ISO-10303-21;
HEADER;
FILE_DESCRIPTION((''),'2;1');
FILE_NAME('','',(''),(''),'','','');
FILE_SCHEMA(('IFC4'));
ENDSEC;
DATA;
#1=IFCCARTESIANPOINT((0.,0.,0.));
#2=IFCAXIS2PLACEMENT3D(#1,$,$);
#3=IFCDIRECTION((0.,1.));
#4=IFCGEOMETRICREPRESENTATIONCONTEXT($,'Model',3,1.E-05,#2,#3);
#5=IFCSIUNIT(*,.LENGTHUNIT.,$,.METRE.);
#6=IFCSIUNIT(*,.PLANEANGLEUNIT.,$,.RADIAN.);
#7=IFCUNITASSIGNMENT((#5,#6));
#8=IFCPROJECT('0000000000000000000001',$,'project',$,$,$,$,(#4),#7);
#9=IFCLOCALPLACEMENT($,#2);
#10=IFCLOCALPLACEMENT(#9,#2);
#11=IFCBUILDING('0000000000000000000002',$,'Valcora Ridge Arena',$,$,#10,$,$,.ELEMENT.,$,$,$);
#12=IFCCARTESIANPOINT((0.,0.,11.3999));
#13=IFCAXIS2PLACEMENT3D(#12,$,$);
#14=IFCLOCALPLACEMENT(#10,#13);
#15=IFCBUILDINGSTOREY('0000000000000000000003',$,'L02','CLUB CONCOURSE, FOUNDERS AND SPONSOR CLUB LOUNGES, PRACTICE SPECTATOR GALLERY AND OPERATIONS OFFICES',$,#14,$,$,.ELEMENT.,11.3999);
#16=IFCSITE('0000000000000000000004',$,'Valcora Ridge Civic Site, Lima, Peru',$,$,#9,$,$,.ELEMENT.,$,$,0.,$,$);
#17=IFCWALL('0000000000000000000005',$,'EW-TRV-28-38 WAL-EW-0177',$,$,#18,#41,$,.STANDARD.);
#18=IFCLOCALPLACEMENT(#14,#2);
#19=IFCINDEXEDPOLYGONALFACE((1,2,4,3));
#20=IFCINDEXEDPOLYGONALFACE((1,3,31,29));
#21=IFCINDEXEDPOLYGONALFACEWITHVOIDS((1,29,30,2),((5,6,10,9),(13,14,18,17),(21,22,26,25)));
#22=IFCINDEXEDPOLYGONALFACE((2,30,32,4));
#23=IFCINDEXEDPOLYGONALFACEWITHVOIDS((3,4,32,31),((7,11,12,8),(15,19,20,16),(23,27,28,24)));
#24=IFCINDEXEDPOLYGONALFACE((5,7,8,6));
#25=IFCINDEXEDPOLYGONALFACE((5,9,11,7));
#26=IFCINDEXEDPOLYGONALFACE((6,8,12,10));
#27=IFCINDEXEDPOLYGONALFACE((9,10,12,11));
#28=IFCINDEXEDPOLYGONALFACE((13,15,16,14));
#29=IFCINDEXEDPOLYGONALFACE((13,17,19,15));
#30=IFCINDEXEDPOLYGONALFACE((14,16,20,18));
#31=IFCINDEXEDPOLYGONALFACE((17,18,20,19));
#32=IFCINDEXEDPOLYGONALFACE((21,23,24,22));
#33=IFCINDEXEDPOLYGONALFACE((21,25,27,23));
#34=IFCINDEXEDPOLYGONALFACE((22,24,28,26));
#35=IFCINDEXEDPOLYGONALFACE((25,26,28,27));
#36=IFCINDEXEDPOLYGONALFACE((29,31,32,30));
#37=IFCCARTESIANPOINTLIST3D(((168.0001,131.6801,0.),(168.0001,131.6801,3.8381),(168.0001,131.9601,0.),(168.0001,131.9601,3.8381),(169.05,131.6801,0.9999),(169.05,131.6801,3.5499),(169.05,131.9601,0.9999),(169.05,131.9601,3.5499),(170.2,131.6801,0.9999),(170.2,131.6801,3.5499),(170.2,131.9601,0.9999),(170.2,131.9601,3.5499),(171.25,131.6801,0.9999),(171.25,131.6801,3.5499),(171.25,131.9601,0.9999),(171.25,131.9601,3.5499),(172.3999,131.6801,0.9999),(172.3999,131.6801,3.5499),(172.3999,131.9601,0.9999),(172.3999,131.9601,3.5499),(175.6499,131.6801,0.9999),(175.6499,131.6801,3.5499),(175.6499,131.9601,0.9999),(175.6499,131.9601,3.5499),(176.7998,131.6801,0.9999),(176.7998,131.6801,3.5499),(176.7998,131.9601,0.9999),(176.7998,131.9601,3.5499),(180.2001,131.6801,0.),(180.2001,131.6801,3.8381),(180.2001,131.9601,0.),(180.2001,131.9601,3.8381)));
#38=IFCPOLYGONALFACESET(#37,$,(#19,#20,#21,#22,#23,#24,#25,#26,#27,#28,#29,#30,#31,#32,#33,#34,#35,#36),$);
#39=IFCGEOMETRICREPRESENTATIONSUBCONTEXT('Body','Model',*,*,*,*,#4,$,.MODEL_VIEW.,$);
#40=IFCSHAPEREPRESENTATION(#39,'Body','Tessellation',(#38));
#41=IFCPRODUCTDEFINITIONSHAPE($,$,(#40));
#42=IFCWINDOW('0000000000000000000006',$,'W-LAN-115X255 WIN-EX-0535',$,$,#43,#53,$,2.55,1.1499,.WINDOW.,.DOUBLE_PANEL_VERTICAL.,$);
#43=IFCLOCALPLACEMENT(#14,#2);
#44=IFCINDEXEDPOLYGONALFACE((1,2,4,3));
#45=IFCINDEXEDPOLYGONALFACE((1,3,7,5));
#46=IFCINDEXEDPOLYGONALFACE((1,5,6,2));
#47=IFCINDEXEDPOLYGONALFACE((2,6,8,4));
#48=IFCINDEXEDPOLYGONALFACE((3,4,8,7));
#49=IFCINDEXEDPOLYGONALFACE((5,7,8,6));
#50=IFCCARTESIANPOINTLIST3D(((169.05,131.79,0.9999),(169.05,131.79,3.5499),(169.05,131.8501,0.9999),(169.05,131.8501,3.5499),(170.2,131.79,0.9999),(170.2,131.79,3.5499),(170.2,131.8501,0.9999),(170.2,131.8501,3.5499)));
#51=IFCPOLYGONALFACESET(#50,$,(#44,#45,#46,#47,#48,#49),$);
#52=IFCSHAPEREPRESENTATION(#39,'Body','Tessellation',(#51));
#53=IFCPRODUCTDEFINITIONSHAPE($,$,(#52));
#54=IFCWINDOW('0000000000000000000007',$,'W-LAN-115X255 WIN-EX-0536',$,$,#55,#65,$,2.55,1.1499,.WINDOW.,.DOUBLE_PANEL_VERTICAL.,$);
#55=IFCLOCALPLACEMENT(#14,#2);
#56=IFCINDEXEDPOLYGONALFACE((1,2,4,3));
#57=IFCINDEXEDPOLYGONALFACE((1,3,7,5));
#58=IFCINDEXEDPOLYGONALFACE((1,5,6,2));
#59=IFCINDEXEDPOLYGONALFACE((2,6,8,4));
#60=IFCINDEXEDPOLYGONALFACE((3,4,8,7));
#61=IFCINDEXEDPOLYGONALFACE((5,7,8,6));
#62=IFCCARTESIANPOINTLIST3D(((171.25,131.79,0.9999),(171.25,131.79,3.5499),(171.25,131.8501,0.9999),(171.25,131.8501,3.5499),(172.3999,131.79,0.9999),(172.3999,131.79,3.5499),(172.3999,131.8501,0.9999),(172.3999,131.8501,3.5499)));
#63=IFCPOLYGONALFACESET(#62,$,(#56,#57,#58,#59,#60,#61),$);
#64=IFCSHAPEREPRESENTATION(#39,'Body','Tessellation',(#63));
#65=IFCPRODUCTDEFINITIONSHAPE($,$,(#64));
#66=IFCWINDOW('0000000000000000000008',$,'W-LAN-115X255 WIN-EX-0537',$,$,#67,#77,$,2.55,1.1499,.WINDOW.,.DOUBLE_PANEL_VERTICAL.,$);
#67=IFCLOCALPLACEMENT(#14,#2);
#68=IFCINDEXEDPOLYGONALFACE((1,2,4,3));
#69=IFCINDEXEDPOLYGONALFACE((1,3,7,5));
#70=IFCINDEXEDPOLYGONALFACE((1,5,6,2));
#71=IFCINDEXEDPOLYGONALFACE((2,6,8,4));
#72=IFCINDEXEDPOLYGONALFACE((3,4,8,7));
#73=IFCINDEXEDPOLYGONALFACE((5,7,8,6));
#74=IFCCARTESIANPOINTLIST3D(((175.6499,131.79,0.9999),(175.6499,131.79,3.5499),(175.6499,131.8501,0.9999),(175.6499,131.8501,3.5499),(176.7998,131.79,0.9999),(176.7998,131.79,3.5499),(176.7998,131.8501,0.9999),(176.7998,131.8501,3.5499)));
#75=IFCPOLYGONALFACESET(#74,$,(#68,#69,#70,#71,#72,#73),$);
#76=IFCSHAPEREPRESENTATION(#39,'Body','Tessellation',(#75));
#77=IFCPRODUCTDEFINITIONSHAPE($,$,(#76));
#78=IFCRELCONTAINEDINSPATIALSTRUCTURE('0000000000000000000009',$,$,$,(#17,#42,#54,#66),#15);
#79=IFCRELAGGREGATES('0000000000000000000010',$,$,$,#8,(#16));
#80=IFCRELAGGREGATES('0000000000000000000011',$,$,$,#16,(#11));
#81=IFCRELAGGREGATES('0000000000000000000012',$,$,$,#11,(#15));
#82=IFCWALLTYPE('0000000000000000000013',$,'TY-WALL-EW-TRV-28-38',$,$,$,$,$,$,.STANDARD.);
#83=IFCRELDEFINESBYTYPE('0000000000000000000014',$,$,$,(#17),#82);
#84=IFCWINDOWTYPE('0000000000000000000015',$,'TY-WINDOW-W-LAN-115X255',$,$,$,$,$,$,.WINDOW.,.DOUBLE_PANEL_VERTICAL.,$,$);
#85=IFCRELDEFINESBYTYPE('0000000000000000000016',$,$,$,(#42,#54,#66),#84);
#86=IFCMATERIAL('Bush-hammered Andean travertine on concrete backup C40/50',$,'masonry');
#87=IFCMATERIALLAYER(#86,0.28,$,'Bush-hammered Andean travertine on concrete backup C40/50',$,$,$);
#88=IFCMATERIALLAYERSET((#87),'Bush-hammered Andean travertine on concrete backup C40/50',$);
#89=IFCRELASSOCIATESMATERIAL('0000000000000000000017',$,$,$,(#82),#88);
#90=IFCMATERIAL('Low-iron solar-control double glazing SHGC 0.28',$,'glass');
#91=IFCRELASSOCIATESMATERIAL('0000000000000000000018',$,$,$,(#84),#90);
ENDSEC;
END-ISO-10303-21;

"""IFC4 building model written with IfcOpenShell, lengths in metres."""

from ifc_helpers import new_model, si_unit, direction, frame, frame_2d, origin, place, context, subcontext, project, spatial, rectangle, extrude, material, layer, layer_set, type_object, element, fill, save


model = new_model("IFC4")

# Units and contexts
model_context = context("Model", 3, precision=1e-05, world=origin(), true_north=direction((0.0, 1.0)))
body_context = subcontext(model_context, "Body", "Model", "MODEL_VIEW")
ifc_project = project(units=[si_unit("LENGTHUNIT", "METRE"), si_unit("PLANEANGLEUNIT", "RADIAN")], contexts=[model_context])

# Site, building, storey
site_placement = place(None, origin())
site = spatial("IfcSite", under=ifc_project, at=site_placement, Name="Valcora Ridge Civic Site, Lima, Peru", CompositionType="ELEMENT", RefElevation=0.0)
building_placement = place(site_placement, origin())
building = spatial("IfcBuilding", under=site, at=building_placement, Name="Valcora Ridge Arena", CompositionType="ELEMENT")
storey_placement = place(building_placement, frame((0.0, 0.0, 11.3999)))
storey = spatial("IfcBuildingStorey", under=building, at=storey_placement, Name="L02", Description="CLUB CONCOURSE, FOUNDERS AND SPONSOR CLUB LOUNGES, PRACTICE SPECTATOR GALLERY AND OPERATIONS OFFICES", CompositionType="ELEMENT", Elevation=11.3999)

# Wall, openings, windows
ifc_material_1 = material(Name="Bush-hammered Andean travertine on concrete backup C40/50", Category="masonry")
ifc_layer = layer(ifc_material_1, 0.28, Name="Bush-hammered Andean travertine on concrete backup C40/50")
ifc_layer_set = layer_set([ifc_layer], Name="Bush-hammered Andean travertine on concrete backup C40/50")
wall_type = type_object("IfcWallType", Name="TY-WALL-EW-TRV-28-38", PredefinedType="STANDARD", material=ifc_layer_set)
wall_placement = place(storey_placement, frame((168.0, 131.8201, 0.0), z_axis=(0.0, 0.0, 1.0), x_axis=(1.0, 0.0, 0.0)))
wall = element("IfcWall", 1, at=wall_placement, inside=storey, type_object=wall_type, Name="EW-TRV-28-38 WAL-EW-0177", PredefinedType="STANDARD", context=body_context, shape_type="SweptSolid", body=[
    extrude(rectangle(XDim=12.2, YDim=0.28, at=frame_2d((6.1001, 0.0))), origin(), (0.0, 0.0, 1.0), 3.8381),
])
opening_1_placement = place(wall_placement, frame((1.05, 0.0, 1.0)))
opening_1 = element("IfcOpeningElement", 2, at=opening_1_placement, cuts=wall, PredefinedType="OPENING", context=body_context, shape_type="SweptSolid", body=[
    extrude(rectangle(XDim=1.1499, YDim=2.55, at=frame_2d((0.575, 1.2749))), frame((0.0, 0.1499, 0.0), z_axis=(0.0, -1.0, 0.0), x_axis=(1.0, 0.0, 0.0)), (0.0, 0.0, 1.0), 0.3),
])
opening_2_placement = place(wall_placement, frame((3.25, 0.0, 1.0)))
opening_2 = element("IfcOpeningElement", 3, at=opening_2_placement, cuts=wall, PredefinedType="OPENING", context=body_context, shape_type="SweptSolid", body=[
    extrude(rectangle(XDim=1.1499, YDim=2.55, at=frame_2d((0.575, 1.2749))), frame((0.0, 0.1499, 0.0), z_axis=(0.0, -1.0, 0.0), x_axis=(1.0, 0.0, 0.0)), (0.0, 0.0, 1.0), 0.3),
])
opening_3_placement = place(wall_placement, frame((7.6499, 0.0, 1.0)))
opening_3 = element("IfcOpeningElement", 4, at=opening_3_placement, cuts=wall, PredefinedType="OPENING", context=body_context, shape_type="SweptSolid", body=[
    extrude(rectangle(XDim=1.1499, YDim=2.55, at=frame_2d((0.575, 1.2749))), frame((0.0, 0.1499, 0.0), z_axis=(0.0, -1.0, 0.0), x_axis=(1.0, 0.0, 0.0)), (0.0, 0.0, 1.0), 0.3),
])
ifc_material_2 = material(Name="Low-iron solar-control double glazing SHGC 0.28", Category="glass")
window_type = type_object("IfcWindowType", Name="TY-WINDOW-W-LAN-115X255", PartitioningType="DOUBLE_PANEL_VERTICAL", PredefinedType="WINDOW", material=ifc_material_2)
window_1_placement = place(opening_1_placement, origin())
window_1 = element("IfcWindow", 5, at=window_1_placement, inside=storey, type_object=window_type, Name="W-LAN-115X255 WIN-EX-0535", OverallHeight=2.55, OverallWidth=1.1499, PartitioningType="DOUBLE_PANEL_VERTICAL", PredefinedType="WINDOW", context=body_context, shape_type="SweptSolid", body=[
    extrude(rectangle(XDim=1.1499, YDim=2.55, at=frame_2d((0.575, 1.2749))), frame((0.0, 0.03, 0.0), z_axis=(0.0, -1.0, 0.0), x_axis=(1.0, 0.0, 0.0)), (0.0, 0.0, 1.0), 0.0601),
])
fill(opening_1, window_1)
window_2_placement = place(opening_2_placement, origin())
window_2 = element("IfcWindow", 6, at=window_2_placement, inside=storey, type_object=window_type, Name="W-LAN-115X255 WIN-EX-0536", OverallHeight=2.55, OverallWidth=1.1499, PartitioningType="DOUBLE_PANEL_VERTICAL", PredefinedType="WINDOW", context=body_context, shape_type="SweptSolid", body=[
    extrude(rectangle(XDim=1.1499, YDim=2.55, at=frame_2d((0.575, 1.2749))), frame((0.0, 0.03, 0.0), z_axis=(0.0, -1.0, 0.0), x_axis=(1.0, 0.0, 0.0)), (0.0, 0.0, 1.0), 0.0601),
])
fill(opening_2, window_2)
window_3_placement = place(opening_3_placement, origin())
window_3 = element("IfcWindow", 7, at=window_3_placement, inside=storey, type_object=window_type, Name="W-LAN-115X255 WIN-EX-0537", OverallHeight=2.55, OverallWidth=1.1499, PartitioningType="DOUBLE_PANEL_VERTICAL", PredefinedType="WINDOW", context=body_context, shape_type="SweptSolid", body=[
    extrude(rectangle(XDim=1.1499, YDim=2.55, at=frame_2d((0.575, 1.2749))), frame((0.0, 0.03, 0.0), z_axis=(0.0, -1.0, 0.0), x_axis=(1.0, 0.0, 0.0)), (0.0, 0.0, 1.0), 0.0601),
])
fill(opening_3, window_3)

save(model, "model.ifc")
